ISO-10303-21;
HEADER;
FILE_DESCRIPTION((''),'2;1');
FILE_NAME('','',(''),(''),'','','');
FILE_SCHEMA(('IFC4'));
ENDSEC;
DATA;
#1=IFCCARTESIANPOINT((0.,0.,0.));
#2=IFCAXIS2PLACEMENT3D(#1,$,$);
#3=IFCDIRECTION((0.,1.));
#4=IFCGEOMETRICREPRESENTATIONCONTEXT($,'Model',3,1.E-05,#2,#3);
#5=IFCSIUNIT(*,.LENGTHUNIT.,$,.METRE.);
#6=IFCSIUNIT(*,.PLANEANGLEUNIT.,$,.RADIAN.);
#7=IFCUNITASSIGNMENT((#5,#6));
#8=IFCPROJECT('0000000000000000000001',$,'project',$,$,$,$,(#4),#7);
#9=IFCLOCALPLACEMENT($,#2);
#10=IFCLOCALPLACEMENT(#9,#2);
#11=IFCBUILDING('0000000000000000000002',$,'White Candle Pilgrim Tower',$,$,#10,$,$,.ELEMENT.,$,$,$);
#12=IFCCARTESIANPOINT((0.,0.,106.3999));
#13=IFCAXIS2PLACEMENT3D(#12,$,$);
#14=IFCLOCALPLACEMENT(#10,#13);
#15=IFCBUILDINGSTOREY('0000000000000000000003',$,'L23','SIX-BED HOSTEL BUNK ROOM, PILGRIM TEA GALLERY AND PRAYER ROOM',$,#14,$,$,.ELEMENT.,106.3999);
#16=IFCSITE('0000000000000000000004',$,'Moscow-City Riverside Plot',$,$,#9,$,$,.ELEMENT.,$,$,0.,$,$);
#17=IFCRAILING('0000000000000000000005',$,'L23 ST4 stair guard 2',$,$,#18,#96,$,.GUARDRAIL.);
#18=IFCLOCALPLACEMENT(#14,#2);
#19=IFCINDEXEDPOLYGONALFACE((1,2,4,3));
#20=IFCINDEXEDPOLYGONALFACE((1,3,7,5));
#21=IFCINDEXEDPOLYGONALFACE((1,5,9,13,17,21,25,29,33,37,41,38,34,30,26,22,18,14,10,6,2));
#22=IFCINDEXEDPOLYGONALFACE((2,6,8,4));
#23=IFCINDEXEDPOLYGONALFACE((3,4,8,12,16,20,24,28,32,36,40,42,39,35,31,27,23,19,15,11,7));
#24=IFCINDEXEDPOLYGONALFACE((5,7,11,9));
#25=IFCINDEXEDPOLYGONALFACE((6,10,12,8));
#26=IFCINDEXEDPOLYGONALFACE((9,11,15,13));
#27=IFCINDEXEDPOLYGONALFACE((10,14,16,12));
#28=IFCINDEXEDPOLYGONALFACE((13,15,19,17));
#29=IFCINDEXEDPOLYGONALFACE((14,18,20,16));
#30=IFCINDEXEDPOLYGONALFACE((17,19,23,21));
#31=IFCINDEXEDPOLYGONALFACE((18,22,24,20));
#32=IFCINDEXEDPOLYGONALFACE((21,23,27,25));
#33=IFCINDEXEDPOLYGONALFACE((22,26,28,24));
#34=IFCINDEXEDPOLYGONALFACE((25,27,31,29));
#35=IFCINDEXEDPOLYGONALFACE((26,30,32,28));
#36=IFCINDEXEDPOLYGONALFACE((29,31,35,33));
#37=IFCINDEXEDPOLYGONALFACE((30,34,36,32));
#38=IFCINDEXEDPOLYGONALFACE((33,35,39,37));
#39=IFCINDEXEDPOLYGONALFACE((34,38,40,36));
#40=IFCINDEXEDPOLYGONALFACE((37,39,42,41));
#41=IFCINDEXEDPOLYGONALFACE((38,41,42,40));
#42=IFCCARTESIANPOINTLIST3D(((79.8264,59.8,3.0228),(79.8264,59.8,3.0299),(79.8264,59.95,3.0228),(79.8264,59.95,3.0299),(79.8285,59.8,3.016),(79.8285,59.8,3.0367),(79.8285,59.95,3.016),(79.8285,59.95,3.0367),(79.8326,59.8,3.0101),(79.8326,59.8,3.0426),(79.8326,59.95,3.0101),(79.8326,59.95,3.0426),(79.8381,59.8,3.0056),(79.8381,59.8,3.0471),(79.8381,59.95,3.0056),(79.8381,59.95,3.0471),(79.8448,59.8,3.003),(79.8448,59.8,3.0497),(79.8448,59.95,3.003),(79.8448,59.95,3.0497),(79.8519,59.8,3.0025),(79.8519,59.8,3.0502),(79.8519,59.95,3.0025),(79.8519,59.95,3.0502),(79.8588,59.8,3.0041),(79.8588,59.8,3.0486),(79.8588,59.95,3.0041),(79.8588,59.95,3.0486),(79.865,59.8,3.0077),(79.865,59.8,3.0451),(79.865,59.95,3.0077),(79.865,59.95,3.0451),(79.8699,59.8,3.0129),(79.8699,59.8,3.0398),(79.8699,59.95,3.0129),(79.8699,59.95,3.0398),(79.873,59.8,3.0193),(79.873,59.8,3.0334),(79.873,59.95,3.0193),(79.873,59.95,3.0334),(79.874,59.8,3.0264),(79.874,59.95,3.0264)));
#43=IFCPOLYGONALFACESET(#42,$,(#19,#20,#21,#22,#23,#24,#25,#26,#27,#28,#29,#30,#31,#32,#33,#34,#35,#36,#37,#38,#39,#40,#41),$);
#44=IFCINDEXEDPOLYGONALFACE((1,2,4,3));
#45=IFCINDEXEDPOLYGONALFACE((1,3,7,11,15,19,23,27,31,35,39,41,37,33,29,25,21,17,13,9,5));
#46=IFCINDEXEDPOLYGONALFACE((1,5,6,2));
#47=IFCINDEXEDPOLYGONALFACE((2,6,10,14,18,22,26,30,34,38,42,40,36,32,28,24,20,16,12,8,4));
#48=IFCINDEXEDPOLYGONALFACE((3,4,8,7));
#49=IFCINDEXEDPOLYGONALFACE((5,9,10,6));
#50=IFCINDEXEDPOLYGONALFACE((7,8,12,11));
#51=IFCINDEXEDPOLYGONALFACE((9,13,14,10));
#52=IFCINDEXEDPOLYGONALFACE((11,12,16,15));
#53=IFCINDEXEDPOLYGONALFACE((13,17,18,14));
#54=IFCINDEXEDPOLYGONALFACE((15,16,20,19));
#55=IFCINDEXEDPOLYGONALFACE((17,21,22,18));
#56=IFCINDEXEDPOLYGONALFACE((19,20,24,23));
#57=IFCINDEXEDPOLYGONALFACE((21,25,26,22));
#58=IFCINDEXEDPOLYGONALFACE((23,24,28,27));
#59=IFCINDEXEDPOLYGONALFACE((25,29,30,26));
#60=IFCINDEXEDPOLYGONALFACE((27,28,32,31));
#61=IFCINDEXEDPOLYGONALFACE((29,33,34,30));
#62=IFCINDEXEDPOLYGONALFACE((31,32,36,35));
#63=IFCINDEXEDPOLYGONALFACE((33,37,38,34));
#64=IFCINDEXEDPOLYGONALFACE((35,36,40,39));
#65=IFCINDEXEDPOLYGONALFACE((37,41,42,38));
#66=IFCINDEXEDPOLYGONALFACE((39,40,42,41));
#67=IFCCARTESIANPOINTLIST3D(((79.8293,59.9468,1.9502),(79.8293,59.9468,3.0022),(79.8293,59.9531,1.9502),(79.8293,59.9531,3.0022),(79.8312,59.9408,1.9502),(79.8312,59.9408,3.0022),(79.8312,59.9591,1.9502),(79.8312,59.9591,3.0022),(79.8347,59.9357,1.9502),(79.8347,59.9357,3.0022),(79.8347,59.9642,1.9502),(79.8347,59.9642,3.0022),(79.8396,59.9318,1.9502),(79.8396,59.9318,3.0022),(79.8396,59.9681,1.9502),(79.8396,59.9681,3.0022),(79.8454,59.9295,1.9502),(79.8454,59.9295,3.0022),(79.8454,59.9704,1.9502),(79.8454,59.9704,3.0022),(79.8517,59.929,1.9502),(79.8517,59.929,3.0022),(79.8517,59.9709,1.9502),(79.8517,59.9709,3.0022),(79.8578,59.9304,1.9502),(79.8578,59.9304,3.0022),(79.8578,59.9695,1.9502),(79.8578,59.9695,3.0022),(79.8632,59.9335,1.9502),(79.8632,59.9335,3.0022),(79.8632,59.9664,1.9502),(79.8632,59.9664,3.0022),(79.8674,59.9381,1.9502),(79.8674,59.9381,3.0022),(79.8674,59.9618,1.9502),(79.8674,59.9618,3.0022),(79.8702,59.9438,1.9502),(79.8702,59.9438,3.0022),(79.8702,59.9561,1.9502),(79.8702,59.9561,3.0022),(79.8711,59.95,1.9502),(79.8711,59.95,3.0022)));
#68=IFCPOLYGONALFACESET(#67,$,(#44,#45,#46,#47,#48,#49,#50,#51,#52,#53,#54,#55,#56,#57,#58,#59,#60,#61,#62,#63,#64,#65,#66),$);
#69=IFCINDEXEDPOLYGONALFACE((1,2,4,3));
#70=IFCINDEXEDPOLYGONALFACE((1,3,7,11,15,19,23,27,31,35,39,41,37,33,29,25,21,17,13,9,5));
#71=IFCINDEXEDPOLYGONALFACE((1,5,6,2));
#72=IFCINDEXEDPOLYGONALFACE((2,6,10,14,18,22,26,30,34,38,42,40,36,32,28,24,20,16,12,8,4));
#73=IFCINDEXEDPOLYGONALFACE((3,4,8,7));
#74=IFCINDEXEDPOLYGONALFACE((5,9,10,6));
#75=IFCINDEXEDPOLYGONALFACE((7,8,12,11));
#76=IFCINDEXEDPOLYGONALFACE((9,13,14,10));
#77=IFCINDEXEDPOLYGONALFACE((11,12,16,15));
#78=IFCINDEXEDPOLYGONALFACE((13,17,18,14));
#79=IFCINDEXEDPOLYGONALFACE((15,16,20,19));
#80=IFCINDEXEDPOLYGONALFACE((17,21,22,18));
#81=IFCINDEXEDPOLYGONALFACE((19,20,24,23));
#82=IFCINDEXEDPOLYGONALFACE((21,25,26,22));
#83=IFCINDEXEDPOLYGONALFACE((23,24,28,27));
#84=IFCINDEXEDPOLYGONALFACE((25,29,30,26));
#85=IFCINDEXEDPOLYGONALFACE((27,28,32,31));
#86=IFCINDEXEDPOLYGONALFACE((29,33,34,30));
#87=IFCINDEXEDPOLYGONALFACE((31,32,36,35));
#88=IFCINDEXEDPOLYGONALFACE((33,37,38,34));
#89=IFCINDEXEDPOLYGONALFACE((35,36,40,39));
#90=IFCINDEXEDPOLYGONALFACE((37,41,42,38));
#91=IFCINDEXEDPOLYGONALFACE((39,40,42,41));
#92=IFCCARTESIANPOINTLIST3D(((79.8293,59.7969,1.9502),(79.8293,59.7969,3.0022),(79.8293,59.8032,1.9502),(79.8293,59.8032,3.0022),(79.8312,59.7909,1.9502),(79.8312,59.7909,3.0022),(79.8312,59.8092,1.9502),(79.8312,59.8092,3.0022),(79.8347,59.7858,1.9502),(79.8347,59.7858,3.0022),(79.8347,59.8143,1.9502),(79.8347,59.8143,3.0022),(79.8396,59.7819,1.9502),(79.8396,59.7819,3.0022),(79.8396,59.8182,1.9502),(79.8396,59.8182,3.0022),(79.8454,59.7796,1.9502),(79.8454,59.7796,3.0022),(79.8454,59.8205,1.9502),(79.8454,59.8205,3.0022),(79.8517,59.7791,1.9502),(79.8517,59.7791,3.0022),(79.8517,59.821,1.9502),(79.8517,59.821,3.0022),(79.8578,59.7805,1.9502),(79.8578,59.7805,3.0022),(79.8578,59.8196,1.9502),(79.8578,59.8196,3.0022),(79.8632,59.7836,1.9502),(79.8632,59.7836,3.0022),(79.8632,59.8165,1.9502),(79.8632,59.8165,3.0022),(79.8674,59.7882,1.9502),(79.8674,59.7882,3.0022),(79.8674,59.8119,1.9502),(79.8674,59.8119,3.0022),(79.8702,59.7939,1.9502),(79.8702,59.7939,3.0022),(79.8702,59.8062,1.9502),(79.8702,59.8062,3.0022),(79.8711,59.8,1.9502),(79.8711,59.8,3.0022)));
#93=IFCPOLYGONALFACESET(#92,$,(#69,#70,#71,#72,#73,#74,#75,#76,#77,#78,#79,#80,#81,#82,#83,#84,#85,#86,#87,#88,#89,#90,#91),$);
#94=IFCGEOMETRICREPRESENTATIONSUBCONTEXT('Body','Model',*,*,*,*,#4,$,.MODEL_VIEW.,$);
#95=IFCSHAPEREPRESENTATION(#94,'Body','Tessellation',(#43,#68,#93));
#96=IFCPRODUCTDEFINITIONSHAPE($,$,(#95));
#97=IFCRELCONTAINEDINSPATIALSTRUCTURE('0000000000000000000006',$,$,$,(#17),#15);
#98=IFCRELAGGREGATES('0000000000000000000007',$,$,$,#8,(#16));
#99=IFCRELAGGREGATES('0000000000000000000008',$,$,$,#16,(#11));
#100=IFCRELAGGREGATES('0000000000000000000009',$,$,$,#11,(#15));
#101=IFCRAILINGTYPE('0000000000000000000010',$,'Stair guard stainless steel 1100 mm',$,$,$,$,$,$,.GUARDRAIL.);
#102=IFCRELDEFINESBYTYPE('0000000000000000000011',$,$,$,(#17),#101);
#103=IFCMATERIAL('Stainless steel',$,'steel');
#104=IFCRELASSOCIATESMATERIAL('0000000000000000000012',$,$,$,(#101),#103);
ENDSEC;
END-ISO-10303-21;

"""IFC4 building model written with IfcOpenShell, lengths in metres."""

from ifc_helpers import new_model, si_unit, direction, frame, origin, origin_2d, place, context, subcontext, project, spatial, circle, extrude, material, type_object, element, save


model = new_model("IFC4")

# Units and contexts
model_context = context("Model", 3, precision=1e-05, world=origin(), true_north=direction((0.0, 1.0)))
body_context = subcontext(model_context, "Body", "Model", "MODEL_VIEW")
ifc_project = project(units=[si_unit("LENGTHUNIT", "METRE"), si_unit("PLANEANGLEUNIT", "RADIAN")], contexts=[model_context])

# Site, building, storey
site_placement = place(None, origin())
site = spatial("IfcSite", under=ifc_project, at=site_placement, Name="Moscow-City Riverside Plot", CompositionType="ELEMENT", RefElevation=0.0)
building_placement = place(site_placement, origin())
building = spatial("IfcBuilding", under=site, at=building_placement, Name="White Candle Pilgrim Tower", CompositionType="ELEMENT")
storey_placement = place(building_placement, frame((0.0, 0.0, 106.3999)))
storey = spatial("IfcBuildingStorey", under=building, at=storey_placement, Name="L23", Description="SIX-BED HOSTEL BUNK ROOM, PILGRIM TEA GALLERY AND PRAYER ROOM", CompositionType="ELEMENT", Elevation=106.3999)

# Railing
ifc_material_1 = material(Name="Stainless steel", Category="steel")
railing_type_1 = type_object("IfcRailingType", Name="Stair guard stainless steel 1100 mm", PredefinedType="GUARDRAIL", material=ifc_material_1)
railing_1_placement = place(storey_placement, frame((79.8501, 59.95, 1.9502)))
element("IfcRailing", 1, at=railing_1_placement, inside=storey, type_object=railing_type_1, Name="L23 ST4 stair guard 2", PredefinedType="GUARDRAIL", context=body_context, shape_type="SweptSolid", body=[
    extrude(circle(Radius=0.0239, at=origin_2d()), frame((0.0, 0.0, 1.0762), z_axis=(0.0, -1.0, 0.0), x_axis=(1.0, 0.0, 0.0)), (0.0, 0.0, 1.0), 0.1499),
    extrude(circle(Radius=0.021, at=origin_2d()), origin(), (0.0, 0.0, 1.0), 1.052),
    extrude(circle(Radius=0.021, at=origin_2d()), frame((0.0, -0.1499, 0.0)), (0.0, 0.0, 1.0), 1.052),
])

save(model, "model.ifc")
